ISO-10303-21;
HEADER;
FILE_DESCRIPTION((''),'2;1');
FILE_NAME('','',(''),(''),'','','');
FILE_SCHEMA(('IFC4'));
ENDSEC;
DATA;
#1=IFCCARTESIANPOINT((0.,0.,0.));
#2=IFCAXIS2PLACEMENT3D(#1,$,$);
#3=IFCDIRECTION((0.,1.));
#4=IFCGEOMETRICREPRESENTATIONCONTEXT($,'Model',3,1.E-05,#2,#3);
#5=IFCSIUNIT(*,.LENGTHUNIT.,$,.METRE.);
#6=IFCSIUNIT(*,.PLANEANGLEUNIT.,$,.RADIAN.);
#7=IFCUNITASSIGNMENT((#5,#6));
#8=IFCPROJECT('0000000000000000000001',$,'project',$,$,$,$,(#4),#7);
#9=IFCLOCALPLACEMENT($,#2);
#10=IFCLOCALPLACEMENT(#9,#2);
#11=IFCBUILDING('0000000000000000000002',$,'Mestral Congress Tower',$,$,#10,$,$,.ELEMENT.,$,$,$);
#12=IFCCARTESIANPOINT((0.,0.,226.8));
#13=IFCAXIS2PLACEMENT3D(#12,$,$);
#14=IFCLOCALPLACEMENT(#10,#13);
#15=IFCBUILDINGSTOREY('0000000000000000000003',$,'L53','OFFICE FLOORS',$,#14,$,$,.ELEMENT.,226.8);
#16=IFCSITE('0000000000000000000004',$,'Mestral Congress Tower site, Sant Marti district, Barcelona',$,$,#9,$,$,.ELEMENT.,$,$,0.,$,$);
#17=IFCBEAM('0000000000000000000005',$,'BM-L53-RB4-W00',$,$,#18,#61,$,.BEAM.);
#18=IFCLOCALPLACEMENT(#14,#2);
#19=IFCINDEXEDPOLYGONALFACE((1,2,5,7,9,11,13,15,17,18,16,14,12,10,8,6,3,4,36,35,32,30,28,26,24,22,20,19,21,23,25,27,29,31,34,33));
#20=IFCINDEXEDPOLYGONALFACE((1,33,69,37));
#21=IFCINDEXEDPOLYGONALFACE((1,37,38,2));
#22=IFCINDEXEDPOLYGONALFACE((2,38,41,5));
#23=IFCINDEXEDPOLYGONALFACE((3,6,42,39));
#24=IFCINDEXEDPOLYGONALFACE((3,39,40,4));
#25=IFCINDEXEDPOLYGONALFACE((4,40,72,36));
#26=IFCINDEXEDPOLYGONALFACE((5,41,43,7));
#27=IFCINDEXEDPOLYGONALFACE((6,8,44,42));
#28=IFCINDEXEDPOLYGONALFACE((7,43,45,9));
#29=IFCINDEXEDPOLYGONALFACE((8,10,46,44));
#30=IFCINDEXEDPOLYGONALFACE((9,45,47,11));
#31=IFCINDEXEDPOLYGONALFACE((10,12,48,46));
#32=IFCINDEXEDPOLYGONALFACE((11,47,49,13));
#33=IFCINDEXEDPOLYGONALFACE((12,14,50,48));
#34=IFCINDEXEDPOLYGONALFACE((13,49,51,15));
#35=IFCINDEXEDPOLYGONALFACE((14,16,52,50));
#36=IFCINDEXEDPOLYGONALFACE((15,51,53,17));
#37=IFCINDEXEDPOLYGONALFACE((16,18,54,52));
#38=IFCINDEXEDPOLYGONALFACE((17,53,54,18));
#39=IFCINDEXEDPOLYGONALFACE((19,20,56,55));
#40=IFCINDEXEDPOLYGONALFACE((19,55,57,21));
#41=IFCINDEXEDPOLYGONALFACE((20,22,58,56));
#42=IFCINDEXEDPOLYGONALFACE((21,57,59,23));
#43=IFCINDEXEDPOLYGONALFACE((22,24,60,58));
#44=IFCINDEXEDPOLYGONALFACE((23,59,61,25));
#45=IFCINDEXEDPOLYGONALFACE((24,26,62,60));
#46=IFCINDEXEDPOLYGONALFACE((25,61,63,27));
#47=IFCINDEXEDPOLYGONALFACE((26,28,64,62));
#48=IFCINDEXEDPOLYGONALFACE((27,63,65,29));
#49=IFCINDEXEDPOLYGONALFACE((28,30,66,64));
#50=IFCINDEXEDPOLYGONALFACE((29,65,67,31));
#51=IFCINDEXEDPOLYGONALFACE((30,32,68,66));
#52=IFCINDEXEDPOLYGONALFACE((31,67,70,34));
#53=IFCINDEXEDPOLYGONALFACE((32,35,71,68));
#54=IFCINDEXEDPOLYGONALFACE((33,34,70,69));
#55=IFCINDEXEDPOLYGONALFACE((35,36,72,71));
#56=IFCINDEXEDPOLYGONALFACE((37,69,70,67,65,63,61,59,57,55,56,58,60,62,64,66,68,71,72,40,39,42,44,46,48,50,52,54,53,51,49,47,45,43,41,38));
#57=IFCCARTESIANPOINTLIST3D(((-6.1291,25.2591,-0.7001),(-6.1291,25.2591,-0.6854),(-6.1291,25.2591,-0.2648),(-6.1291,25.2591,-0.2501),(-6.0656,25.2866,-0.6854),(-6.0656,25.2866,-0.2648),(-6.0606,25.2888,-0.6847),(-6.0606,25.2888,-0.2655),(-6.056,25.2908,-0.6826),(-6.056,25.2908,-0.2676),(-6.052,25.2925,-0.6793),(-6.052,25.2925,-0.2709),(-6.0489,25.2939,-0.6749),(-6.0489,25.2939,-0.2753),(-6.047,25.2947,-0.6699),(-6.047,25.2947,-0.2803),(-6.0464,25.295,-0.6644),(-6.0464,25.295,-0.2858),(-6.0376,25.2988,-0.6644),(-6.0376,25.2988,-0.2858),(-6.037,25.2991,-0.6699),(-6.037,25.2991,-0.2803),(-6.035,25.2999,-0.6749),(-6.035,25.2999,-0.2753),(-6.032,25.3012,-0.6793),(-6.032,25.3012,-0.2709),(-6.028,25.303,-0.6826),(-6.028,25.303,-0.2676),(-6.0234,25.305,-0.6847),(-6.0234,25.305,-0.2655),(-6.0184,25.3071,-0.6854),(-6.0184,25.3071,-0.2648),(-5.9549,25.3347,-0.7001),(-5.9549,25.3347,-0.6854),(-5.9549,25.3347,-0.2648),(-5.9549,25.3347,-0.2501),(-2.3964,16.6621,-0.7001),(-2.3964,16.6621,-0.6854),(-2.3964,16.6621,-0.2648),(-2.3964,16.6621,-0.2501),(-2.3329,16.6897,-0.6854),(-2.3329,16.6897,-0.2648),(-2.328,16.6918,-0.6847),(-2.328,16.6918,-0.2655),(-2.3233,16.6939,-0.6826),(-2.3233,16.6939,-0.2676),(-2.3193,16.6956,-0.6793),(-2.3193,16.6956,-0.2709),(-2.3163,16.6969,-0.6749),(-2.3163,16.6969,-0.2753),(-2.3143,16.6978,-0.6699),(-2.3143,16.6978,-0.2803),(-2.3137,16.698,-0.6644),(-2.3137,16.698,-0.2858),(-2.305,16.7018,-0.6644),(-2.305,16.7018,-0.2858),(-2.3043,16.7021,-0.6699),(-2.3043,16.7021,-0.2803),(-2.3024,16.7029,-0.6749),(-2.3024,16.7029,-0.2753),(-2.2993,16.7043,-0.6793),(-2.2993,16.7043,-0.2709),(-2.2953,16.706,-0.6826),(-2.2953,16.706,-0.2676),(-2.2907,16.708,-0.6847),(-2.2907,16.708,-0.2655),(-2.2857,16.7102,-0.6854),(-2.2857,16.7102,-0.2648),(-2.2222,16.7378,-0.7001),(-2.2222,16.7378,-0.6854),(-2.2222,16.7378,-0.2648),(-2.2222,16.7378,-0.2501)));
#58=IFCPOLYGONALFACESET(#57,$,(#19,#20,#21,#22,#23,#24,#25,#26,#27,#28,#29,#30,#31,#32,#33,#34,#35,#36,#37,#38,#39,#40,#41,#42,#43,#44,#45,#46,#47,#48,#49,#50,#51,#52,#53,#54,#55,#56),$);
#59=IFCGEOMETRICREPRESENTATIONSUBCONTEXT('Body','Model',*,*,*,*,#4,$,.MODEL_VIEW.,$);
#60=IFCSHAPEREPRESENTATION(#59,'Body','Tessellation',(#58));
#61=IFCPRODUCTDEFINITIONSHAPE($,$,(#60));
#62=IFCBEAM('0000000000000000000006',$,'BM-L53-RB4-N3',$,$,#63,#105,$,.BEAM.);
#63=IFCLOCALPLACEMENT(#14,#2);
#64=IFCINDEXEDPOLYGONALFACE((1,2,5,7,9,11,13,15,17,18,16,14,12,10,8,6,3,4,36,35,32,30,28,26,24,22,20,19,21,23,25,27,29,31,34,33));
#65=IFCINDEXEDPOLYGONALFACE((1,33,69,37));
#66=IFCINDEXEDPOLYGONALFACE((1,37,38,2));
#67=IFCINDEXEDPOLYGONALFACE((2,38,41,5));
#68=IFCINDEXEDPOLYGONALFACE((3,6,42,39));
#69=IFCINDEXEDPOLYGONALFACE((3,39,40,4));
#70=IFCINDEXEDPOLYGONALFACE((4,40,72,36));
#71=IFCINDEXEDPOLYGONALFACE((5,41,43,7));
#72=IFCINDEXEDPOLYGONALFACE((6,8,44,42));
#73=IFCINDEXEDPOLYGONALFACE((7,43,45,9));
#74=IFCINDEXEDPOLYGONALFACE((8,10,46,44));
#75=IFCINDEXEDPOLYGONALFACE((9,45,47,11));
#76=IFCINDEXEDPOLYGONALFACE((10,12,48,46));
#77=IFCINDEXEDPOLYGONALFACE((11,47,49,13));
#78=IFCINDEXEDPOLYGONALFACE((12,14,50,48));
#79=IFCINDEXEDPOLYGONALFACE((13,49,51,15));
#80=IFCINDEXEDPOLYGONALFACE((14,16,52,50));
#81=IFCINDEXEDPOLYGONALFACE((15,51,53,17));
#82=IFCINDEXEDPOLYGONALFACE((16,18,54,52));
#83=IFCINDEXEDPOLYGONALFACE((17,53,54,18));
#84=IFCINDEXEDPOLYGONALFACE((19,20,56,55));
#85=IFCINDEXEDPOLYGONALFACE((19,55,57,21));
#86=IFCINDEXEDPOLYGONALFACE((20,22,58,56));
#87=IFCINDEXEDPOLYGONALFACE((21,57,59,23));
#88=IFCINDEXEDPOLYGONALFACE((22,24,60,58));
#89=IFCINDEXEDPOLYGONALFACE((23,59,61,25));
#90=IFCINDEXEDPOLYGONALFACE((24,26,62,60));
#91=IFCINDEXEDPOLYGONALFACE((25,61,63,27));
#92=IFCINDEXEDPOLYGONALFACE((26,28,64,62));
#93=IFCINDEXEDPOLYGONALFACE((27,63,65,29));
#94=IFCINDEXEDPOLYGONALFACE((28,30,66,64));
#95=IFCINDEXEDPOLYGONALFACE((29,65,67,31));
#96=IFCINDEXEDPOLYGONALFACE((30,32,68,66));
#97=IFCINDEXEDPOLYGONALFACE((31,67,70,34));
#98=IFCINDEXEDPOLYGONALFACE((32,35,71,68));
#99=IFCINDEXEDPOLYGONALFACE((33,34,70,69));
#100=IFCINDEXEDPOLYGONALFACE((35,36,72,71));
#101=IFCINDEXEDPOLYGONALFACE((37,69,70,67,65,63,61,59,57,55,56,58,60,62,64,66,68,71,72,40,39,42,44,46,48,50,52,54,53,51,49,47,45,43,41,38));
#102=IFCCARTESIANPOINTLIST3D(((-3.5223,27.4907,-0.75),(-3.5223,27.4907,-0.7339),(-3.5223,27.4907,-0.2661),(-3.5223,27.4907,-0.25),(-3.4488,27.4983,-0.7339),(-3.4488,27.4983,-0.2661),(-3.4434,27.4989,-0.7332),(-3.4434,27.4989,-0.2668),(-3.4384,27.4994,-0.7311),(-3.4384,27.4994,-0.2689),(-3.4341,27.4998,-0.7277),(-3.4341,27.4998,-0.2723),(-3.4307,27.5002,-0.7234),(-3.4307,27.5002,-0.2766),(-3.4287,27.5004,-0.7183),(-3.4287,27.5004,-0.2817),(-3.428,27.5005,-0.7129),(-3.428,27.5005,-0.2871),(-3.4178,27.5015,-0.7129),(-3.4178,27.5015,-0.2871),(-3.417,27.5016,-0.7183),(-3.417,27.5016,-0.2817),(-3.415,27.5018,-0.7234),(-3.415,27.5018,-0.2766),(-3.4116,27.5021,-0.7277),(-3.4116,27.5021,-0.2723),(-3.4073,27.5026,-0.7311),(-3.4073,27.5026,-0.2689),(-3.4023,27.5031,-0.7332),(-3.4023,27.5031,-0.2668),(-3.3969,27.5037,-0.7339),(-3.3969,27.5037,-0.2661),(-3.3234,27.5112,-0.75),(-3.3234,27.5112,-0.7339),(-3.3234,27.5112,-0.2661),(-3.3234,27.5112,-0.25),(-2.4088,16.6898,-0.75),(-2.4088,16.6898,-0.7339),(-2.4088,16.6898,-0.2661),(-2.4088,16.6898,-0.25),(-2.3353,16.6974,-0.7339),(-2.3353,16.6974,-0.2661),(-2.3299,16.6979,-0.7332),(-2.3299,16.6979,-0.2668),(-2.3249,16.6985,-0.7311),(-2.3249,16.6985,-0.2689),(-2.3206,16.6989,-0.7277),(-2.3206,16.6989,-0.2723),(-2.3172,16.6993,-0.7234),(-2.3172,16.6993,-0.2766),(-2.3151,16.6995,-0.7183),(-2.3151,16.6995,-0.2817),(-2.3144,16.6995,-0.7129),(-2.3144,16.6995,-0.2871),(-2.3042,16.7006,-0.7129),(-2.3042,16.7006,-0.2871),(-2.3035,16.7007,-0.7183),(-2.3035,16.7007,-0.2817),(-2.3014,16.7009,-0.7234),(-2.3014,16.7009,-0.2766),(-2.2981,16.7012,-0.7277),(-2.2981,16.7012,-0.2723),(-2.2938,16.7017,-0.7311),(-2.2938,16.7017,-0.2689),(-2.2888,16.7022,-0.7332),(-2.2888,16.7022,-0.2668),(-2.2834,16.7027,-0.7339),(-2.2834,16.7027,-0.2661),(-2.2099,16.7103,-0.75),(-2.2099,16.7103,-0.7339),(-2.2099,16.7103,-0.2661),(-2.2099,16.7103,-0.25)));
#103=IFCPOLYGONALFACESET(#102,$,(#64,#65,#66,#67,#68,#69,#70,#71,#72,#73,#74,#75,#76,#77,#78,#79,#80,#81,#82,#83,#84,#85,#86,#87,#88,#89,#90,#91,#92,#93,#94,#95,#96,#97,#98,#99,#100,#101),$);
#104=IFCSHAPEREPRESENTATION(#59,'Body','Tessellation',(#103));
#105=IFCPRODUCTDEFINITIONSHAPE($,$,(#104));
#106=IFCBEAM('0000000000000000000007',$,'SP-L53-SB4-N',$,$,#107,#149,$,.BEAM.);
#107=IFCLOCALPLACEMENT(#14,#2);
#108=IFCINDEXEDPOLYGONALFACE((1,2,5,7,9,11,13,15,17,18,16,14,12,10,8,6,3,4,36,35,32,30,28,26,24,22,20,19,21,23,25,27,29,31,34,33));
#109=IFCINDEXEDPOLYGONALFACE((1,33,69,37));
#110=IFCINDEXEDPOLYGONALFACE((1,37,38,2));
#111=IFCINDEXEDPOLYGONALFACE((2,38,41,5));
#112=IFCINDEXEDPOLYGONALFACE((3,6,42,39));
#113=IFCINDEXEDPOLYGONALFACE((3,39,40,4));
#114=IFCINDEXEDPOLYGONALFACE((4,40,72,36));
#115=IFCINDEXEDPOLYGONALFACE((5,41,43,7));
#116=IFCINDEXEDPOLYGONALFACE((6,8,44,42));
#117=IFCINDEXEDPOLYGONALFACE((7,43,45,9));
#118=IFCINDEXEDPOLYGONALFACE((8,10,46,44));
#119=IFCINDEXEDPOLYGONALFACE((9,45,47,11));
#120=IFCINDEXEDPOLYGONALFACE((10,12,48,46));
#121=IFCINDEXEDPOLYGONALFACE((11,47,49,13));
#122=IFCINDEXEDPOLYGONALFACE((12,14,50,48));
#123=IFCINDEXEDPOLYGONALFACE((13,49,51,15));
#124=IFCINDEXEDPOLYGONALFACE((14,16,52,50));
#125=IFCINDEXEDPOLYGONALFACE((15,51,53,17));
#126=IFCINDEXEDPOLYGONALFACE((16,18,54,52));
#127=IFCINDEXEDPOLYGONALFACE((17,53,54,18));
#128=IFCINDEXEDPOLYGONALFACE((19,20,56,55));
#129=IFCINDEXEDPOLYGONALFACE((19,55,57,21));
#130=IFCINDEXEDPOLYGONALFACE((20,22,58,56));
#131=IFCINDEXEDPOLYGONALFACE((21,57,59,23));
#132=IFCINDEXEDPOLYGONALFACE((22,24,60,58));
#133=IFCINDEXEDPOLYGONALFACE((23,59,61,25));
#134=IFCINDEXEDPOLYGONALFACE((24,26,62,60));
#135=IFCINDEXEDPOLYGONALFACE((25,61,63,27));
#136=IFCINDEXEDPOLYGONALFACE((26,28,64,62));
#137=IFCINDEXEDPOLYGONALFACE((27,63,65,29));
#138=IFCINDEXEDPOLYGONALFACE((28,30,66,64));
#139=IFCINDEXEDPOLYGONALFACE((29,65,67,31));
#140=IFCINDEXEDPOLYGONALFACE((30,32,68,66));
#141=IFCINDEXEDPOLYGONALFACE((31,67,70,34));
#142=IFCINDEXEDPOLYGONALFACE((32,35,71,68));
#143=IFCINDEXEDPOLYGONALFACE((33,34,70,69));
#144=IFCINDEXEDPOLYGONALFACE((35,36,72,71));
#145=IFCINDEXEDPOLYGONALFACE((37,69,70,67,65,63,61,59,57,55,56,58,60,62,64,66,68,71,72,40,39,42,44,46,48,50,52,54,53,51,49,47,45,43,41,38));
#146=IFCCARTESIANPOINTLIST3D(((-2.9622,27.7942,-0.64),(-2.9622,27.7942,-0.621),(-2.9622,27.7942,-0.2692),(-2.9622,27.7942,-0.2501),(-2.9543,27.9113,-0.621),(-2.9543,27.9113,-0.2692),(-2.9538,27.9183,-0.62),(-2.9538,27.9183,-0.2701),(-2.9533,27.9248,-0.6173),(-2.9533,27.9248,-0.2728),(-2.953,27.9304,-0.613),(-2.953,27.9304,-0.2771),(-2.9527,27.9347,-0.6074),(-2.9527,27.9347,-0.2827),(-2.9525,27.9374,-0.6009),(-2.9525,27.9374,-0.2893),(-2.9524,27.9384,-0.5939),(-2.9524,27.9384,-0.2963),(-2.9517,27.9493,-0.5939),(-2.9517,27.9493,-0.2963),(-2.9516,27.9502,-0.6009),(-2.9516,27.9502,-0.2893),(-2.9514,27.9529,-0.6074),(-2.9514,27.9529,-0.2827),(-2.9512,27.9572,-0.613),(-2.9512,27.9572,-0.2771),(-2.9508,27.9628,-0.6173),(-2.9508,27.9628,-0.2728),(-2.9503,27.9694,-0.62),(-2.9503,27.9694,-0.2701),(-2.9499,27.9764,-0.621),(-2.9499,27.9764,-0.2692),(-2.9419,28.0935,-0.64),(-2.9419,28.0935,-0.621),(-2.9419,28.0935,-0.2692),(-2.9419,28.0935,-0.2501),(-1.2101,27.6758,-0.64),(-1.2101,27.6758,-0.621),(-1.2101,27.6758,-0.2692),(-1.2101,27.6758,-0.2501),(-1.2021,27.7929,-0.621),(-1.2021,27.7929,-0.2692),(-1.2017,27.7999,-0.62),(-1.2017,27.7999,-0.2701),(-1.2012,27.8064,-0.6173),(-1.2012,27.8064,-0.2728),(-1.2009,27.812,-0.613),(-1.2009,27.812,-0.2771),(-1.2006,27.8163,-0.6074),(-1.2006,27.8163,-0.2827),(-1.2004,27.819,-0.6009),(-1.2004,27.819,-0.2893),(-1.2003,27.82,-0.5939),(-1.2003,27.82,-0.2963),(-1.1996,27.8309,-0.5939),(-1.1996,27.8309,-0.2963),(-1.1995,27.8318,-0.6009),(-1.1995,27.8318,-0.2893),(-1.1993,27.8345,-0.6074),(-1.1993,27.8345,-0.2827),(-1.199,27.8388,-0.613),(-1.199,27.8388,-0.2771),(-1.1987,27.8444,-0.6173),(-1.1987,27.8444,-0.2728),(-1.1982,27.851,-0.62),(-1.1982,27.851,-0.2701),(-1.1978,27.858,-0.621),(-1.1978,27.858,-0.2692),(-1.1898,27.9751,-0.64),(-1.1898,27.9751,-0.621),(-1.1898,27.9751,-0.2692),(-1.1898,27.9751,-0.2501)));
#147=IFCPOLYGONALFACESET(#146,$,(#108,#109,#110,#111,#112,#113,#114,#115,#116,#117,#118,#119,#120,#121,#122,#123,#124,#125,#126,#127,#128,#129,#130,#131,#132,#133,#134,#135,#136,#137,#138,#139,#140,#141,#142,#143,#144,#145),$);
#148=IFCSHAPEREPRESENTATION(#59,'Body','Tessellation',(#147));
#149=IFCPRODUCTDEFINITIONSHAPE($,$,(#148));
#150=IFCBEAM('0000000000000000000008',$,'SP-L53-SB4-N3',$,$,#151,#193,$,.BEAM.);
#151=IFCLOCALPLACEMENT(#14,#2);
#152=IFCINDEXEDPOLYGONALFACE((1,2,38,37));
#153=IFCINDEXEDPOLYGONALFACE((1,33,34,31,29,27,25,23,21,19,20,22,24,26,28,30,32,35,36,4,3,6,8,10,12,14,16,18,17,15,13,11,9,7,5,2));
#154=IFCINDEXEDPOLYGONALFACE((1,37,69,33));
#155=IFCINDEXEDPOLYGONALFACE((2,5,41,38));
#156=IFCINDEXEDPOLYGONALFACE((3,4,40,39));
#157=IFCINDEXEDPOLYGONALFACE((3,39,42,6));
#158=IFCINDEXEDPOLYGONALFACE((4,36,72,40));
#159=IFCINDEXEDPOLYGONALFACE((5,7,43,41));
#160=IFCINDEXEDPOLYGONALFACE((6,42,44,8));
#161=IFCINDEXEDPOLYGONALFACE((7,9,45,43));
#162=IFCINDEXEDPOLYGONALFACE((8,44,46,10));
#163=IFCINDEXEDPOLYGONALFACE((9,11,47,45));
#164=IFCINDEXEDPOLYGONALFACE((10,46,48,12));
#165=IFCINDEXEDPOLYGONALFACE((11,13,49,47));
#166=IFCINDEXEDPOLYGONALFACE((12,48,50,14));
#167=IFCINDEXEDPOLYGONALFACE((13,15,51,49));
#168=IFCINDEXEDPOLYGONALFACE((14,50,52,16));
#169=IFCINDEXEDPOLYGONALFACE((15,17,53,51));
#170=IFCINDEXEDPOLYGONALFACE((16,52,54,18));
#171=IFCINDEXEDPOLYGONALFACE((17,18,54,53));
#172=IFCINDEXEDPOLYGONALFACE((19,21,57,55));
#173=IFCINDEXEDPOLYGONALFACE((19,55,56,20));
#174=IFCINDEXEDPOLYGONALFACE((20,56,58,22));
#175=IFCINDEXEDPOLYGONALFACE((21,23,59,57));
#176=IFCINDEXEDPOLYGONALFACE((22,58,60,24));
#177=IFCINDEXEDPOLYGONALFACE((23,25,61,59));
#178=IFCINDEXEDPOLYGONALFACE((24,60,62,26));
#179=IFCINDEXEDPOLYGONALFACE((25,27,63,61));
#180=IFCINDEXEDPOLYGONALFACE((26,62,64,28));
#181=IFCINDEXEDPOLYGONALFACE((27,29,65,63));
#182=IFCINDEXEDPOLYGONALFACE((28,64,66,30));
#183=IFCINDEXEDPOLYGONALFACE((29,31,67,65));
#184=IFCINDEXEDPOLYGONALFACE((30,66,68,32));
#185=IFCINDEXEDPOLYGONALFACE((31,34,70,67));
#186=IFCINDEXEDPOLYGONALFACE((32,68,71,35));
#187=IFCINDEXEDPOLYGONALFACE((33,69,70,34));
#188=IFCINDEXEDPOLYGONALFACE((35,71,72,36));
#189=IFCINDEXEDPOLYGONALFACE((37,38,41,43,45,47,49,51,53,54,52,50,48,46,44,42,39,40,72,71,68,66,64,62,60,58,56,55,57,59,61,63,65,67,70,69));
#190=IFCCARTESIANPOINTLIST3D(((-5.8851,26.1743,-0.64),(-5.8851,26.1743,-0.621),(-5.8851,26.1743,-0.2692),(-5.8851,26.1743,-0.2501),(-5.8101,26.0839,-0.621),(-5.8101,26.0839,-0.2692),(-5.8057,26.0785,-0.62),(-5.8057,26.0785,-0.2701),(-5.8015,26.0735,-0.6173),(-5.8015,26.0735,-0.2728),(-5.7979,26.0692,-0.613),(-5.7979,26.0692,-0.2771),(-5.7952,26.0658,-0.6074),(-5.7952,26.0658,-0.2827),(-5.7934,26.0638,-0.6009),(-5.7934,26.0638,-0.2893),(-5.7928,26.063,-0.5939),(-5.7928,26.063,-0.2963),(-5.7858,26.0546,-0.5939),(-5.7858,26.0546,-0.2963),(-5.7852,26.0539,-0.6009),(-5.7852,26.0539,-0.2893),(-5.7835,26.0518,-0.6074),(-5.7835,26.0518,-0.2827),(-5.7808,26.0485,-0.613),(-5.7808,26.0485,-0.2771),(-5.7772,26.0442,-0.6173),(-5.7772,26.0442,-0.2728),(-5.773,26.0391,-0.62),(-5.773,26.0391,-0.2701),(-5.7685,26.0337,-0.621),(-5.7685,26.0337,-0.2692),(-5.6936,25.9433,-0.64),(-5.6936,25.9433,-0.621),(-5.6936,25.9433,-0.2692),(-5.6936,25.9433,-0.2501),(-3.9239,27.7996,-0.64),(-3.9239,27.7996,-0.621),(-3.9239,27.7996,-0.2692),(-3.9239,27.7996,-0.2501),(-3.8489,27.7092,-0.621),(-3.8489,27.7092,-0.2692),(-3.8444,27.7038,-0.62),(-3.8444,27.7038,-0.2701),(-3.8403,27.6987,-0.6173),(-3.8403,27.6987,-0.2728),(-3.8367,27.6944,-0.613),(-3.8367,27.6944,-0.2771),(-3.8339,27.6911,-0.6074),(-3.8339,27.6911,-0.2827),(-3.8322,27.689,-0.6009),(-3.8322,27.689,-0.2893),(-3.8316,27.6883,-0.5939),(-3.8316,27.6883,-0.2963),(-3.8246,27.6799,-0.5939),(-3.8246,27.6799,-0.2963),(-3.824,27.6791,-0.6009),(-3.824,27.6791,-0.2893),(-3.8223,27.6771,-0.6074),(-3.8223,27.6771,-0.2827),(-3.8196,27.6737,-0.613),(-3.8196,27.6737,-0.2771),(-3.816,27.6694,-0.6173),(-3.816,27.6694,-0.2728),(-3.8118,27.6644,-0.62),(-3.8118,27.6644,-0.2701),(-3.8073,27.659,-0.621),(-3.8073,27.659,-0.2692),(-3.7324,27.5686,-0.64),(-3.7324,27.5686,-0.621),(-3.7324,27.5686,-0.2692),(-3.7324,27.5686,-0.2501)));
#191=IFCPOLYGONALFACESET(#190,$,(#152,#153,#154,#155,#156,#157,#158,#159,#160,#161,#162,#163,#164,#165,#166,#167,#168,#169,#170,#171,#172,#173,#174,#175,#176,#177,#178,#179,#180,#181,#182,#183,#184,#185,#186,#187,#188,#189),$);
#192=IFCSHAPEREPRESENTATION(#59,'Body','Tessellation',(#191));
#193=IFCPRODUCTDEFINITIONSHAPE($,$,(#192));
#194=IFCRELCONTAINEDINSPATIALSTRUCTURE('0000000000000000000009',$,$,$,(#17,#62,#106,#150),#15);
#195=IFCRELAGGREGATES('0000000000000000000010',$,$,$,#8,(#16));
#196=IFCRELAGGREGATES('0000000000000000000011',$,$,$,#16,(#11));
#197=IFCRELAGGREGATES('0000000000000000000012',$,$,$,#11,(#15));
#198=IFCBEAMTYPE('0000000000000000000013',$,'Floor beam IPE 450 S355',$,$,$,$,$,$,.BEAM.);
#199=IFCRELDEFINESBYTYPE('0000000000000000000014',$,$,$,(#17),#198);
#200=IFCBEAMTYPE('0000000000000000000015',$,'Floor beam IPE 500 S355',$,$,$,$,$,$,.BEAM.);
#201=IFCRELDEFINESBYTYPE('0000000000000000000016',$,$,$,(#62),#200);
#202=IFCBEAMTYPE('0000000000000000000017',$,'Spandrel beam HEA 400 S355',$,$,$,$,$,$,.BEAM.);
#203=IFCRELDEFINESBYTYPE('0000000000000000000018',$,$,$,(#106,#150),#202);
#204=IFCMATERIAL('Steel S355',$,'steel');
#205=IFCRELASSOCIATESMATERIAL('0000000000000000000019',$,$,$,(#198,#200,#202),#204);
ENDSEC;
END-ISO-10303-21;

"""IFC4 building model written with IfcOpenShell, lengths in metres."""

from ifc_helpers import new_model, si_unit, direction, frame, origin, origin_2d, place, context, subcontext, project, spatial, i_section, extrude, material, material_profile, profile_set, type_object, element, save


model = new_model("IFC4")

# Units and contexts
model_context = context("Model", 3, precision=1e-05, world=origin(), true_north=direction((0.0, 1.0)))
body_context = subcontext(model_context, "Body", "Model", "MODEL_VIEW")
ifc_project = project(units=[si_unit("LENGTHUNIT", "METRE"), si_unit("PLANEANGLEUNIT", "RADIAN")], contexts=[model_context])

# Site, building, storey
site_placement = place(None, origin())
site = spatial("IfcSite", under=ifc_project, at=site_placement, Name="Mestral Congress Tower site, Sant Marti district, Barcelona", CompositionType="ELEMENT", RefElevation=0.0)
building_placement = place(site_placement, origin())
building = spatial("IfcBuilding", under=site, at=building_placement, Name="Mestral Congress Tower", CompositionType="ELEMENT")
storey_placement = place(building_placement, frame((0.0, 0.0, 226.8)))
storey = spatial("IfcBuildingStorey", under=building, at=storey_placement, Name="L53", Description="OFFICE FLOORS", CompositionType="ELEMENT", Elevation=226.8)

# Beams
ifc_material_1 = material(Name="Steel S355", Category="steel")
ifc_material_profile_1 = material_profile(ifc_material_1, i_section(OverallWidth=0.1899, OverallDepth=0.45, WebThickness=0.0095, FlangeThickness=0.0146, FilletRadius=0.021, at=origin_2d()), Name="IPE 450")
ifc_profile_set_1 = profile_set([ifc_material_profile_1], Name="Steel S355")
beam_type_1 = type_object("IfcBeamType", Name="Floor beam IPE 450 S355", PredefinedType="BEAM", material=ifc_profile_set_1)
beam_1_placement = place(storey_placement, frame((-6.042, 25.2969, -0.4751), z_axis=(0.398266, -0.91727, 0.0), x_axis=(0.91727, 0.398266, 0.0)))
element("IfcBeam", 1, at=beam_1_placement, inside=storey, type_object=beam_type_1, Name="BM-L53-RB4-W00", PredefinedType="BEAM", context=body_context, shape_type="SweptSolid", body=[
    extrude(i_section(OverallWidth=0.1899, OverallDepth=0.45, WebThickness=0.0095, FlangeThickness=0.0146, FilletRadius=0.021, at=origin_2d()), origin(), (0.0, 0.0, 1.0), 9.3723),
])
ifc_material_profile_2 = material_profile(ifc_material_1, i_section(OverallWidth=0.2, OverallDepth=0.5, WebThickness=0.0103, FlangeThickness=0.0161, FilletRadius=0.021, at=origin_2d()), Name="IPE 500")
ifc_profile_set_2 = profile_set([ifc_material_profile_2], Name="Steel S355")
beam_type_2 = type_object("IfcBeamType", Name="Floor beam IPE 500 S355", PredefinedType="BEAM", material=ifc_profile_set_2)
beam_2_placement = place(storey_placement, frame((-3.4229, 27.501, -0.5), z_axis=(0.102551, -0.994728, 0.0), x_axis=(0.994728, 0.102551, 0.0)))
element("IfcBeam", 2, at=beam_2_placement, inside=storey, type_object=beam_type_2, Name="BM-L53-RB4-N3", PredefinedType="BEAM", context=body_context, shape_type="SweptSolid", body=[
    extrude(i_section(OverallWidth=0.2, OverallDepth=0.5, WebThickness=0.0103, FlangeThickness=0.0161, FilletRadius=0.021, at=origin_2d()), origin(), (0.0, 0.0, 1.0), 10.8582),
])
ifc_material_profile_3 = material_profile(ifc_material_1, i_section(OverallWidth=0.3, OverallDepth=0.3899, WebThickness=0.011, FlangeThickness=0.019, FilletRadius=0.0271, at=origin_2d()), Name="HEA 400")
ifc_profile_set_3 = profile_set([ifc_material_profile_3], Name="Steel S355")
beam_type_3 = type_object("IfcBeamType", Name="Spandrel beam HEA 400 S355", PredefinedType="BEAM", material=ifc_profile_set_3)
beam_3_placement = place(storey_placement, frame((-1.2, 27.8254, -0.4451), z_axis=(-0.997724, 0.067423, 0.0), x_axis=(-0.067423, -0.997724, 0.0)))
element("IfcBeam", 3, at=beam_3_placement, inside=storey, type_object=beam_type_3, Name="SP-L53-SB4-N", PredefinedType="BEAM", context=body_context, shape_type="SweptSolid", body=[
    extrude(i_section(OverallWidth=0.3, OverallDepth=0.3899, WebThickness=0.011, FlangeThickness=0.019, FilletRadius=0.0271, at=origin_2d()), origin(), (0.0, 0.0, 1.0), 1.7561),
])
beam_4_placement = place(storey_placement, frame((-3.8281, 27.6841, -0.4451), z_axis=(-0.76997, -0.63808, 0.0), x_axis=(0.63808, -0.76997, 0.0)))
element("IfcBeam", 4, at=beam_4_placement, inside=storey, type_object=beam_type_3, Name="SP-L53-SB4-N3", PredefinedType="BEAM", context=body_context, shape_type="SweptSolid", body=[
    extrude(i_section(OverallWidth=0.3, OverallDepth=0.3899, WebThickness=0.011, FlangeThickness=0.019, FilletRadius=0.0271, at=origin_2d()), origin(), (0.0, 0.0, 1.0), 2.5471),
])

save(model, "model.ifc")
